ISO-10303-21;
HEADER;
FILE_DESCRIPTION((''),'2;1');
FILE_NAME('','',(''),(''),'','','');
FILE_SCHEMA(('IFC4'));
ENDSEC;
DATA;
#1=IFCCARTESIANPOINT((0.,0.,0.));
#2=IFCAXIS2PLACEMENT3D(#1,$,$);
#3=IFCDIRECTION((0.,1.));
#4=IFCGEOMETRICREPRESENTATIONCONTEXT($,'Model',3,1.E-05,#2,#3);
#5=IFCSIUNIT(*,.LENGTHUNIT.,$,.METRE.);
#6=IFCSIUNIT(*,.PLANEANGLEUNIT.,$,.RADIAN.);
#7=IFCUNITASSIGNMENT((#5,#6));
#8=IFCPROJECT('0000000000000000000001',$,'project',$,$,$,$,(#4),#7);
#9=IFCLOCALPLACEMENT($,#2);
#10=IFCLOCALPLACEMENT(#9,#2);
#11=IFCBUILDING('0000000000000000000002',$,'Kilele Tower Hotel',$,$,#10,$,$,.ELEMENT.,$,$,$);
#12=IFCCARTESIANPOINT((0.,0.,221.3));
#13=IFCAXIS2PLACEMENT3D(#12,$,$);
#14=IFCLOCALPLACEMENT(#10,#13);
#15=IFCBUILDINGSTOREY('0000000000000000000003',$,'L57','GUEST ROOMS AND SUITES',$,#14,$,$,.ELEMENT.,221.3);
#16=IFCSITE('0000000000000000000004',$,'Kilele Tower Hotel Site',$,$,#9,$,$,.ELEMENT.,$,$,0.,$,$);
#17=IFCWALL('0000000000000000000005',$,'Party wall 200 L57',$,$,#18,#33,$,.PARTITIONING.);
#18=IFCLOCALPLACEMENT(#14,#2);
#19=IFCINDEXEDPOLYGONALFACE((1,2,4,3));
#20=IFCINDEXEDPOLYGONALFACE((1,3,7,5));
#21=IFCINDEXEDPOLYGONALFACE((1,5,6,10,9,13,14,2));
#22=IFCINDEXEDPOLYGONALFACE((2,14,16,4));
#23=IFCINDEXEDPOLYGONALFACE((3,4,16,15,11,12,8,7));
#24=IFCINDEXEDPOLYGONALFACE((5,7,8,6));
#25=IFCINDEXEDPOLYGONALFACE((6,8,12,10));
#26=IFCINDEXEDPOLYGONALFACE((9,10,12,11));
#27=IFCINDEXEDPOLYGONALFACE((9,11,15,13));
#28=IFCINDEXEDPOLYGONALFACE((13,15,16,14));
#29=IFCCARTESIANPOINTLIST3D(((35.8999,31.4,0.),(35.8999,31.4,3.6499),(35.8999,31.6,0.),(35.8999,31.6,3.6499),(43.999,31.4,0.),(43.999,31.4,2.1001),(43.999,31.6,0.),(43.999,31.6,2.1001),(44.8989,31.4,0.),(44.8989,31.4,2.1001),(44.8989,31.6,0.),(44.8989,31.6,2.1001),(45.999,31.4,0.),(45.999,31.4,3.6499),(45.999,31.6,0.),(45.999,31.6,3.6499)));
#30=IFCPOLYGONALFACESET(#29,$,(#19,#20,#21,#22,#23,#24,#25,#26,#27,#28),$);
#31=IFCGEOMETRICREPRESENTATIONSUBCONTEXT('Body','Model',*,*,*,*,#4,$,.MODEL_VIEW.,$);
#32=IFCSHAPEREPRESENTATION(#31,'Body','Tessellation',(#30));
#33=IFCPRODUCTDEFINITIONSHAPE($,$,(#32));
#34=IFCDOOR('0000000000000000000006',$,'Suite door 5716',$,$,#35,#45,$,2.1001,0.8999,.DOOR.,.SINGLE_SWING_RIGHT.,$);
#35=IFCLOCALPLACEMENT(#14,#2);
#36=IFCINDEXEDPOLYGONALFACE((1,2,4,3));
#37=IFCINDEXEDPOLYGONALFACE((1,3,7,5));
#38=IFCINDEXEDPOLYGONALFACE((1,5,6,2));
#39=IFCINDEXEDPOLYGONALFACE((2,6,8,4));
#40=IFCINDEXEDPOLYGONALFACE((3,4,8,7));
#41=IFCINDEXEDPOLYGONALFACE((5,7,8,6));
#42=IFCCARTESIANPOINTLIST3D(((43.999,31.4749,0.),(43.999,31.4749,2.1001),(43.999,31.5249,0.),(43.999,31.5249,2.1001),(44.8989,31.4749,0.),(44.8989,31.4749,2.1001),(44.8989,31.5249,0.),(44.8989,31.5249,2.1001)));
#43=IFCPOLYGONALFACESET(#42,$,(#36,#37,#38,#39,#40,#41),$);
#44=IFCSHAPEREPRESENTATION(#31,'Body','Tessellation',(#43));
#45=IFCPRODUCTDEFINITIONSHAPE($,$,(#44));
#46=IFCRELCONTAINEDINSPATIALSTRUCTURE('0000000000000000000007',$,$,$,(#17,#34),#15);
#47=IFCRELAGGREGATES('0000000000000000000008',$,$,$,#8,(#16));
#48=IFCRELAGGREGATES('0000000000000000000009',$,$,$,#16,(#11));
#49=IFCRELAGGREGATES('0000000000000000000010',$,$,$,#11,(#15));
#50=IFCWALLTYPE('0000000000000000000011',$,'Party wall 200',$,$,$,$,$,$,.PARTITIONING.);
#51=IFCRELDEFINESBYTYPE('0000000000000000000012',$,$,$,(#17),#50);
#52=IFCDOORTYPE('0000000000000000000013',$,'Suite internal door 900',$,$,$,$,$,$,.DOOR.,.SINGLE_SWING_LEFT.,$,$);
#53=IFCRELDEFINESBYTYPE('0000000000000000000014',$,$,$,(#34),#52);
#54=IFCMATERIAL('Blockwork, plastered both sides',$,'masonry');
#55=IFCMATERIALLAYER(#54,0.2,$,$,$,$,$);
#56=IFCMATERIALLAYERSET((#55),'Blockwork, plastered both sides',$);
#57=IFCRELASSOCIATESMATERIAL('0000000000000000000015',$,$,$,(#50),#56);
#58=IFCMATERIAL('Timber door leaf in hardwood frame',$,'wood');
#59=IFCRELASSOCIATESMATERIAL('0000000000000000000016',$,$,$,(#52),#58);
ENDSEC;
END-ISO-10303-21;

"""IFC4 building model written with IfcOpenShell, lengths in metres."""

from ifc_helpers import new_model, si_unit, direction, frame, frame_2d, origin, place, context, subcontext, project, spatial, rectangle, extrude, material, layer, layer_set, type_object, element, fill, save


model = new_model("IFC4")

# Units and contexts
model_context = context("Model", 3, precision=1e-05, world=origin(), true_north=direction((0.0, 1.0)))
body_context = subcontext(model_context, "Body", "Model", "MODEL_VIEW")
ifc_project = project(units=[si_unit("LENGTHUNIT", "METRE"), si_unit("PLANEANGLEUNIT", "RADIAN")], contexts=[model_context])

# Site, building, storey
site_placement = place(None, origin())
site = spatial("IfcSite", under=ifc_project, at=site_placement, Name="Kilele Tower Hotel Site", CompositionType="ELEMENT", RefElevation=0.0)
building_placement = place(site_placement, origin())
building = spatial("IfcBuilding", under=site, at=building_placement, Name="Kilele Tower Hotel", CompositionType="ELEMENT")
storey_placement = place(building_placement, frame((0.0, 0.0, 221.3)))
storey = spatial("IfcBuildingStorey", under=building, at=storey_placement, Name="L57", Description="GUEST ROOMS AND SUITES", CompositionType="ELEMENT", Elevation=221.3)

# Wall, opening, door
ifc_material_1 = material(Name="Blockwork, plastered both sides", Category="masonry")
ifc_layer_1 = layer(ifc_material_1, 0.2)
ifc_layer_set_1 = layer_set([ifc_layer_1], Name="Blockwork, plastered both sides")
wall_type_1 = type_object("IfcWallType", Name="Party wall 200", PredefinedType="PARTITIONING", material=ifc_layer_set_1)
wall_1_placement = place(storey_placement, frame((35.8999, 31.5, 0.0), z_axis=(0.0, 0.0, 1.0), x_axis=(1.0, 0.0, 0.0)))
wall_1 = element("IfcWall", 1, at=wall_1_placement, inside=storey, type_object=wall_type_1, Name="Party wall 200 L57", PredefinedType="PARTITIONING", context=body_context, shape_type="SweptSolid", body=[
    extrude(rectangle(XDim=10.0991, YDim=0.2, at=frame_2d((5.0496, 0.0))), origin(), (0.0, 0.0, 1.0), 3.6499),
])
opening_1_placement = place(wall_1_placement, frame((8.0991, 0.0, 0.0)))
opening_1 = element("IfcOpeningElement", 2, at=opening_1_placement, cuts=wall_1, PredefinedType="OPENING", context=body_context, shape_type="SweptSolid", body=[
    extrude(rectangle(XDim=0.8999, YDim=2.1001, at=frame_2d((0.45, 1.05))), frame((0.0, 0.1099, 0.0), z_axis=(0.0, -1.0, 0.0), x_axis=(1.0, 0.0, 0.0)), (0.0, 0.0, 1.0), 0.22),
])
ifc_material_2 = material(Name="Timber door leaf in hardwood frame", Category="wood")
door_type_1 = type_object("IfcDoorType", Name="Suite internal door 900", OperationType="SINGLE_SWING_LEFT", PredefinedType="DOOR", material=ifc_material_2)
door_1_placement = place(opening_1_placement, origin())
door_1 = element("IfcDoor", 3, at=door_1_placement, inside=storey, type_object=door_type_1, Name="Suite door 5716", OperationType="SINGLE_SWING_RIGHT", OverallHeight=2.1001, OverallWidth=0.8999, PredefinedType="DOOR", context=body_context, shape_type="SweptSolid", body=[
    extrude(rectangle(XDim=0.8999, YDim=2.1001, at=frame_2d((0.45, 1.05))), frame((0.0, 0.0249, 0.0), z_axis=(0.0, -1.0, 0.0), x_axis=(1.0, 0.0, 0.0)), (0.0, 0.0, 1.0), 0.05),
])
fill(opening_1, door_1)

save(model, "model.ifc")
